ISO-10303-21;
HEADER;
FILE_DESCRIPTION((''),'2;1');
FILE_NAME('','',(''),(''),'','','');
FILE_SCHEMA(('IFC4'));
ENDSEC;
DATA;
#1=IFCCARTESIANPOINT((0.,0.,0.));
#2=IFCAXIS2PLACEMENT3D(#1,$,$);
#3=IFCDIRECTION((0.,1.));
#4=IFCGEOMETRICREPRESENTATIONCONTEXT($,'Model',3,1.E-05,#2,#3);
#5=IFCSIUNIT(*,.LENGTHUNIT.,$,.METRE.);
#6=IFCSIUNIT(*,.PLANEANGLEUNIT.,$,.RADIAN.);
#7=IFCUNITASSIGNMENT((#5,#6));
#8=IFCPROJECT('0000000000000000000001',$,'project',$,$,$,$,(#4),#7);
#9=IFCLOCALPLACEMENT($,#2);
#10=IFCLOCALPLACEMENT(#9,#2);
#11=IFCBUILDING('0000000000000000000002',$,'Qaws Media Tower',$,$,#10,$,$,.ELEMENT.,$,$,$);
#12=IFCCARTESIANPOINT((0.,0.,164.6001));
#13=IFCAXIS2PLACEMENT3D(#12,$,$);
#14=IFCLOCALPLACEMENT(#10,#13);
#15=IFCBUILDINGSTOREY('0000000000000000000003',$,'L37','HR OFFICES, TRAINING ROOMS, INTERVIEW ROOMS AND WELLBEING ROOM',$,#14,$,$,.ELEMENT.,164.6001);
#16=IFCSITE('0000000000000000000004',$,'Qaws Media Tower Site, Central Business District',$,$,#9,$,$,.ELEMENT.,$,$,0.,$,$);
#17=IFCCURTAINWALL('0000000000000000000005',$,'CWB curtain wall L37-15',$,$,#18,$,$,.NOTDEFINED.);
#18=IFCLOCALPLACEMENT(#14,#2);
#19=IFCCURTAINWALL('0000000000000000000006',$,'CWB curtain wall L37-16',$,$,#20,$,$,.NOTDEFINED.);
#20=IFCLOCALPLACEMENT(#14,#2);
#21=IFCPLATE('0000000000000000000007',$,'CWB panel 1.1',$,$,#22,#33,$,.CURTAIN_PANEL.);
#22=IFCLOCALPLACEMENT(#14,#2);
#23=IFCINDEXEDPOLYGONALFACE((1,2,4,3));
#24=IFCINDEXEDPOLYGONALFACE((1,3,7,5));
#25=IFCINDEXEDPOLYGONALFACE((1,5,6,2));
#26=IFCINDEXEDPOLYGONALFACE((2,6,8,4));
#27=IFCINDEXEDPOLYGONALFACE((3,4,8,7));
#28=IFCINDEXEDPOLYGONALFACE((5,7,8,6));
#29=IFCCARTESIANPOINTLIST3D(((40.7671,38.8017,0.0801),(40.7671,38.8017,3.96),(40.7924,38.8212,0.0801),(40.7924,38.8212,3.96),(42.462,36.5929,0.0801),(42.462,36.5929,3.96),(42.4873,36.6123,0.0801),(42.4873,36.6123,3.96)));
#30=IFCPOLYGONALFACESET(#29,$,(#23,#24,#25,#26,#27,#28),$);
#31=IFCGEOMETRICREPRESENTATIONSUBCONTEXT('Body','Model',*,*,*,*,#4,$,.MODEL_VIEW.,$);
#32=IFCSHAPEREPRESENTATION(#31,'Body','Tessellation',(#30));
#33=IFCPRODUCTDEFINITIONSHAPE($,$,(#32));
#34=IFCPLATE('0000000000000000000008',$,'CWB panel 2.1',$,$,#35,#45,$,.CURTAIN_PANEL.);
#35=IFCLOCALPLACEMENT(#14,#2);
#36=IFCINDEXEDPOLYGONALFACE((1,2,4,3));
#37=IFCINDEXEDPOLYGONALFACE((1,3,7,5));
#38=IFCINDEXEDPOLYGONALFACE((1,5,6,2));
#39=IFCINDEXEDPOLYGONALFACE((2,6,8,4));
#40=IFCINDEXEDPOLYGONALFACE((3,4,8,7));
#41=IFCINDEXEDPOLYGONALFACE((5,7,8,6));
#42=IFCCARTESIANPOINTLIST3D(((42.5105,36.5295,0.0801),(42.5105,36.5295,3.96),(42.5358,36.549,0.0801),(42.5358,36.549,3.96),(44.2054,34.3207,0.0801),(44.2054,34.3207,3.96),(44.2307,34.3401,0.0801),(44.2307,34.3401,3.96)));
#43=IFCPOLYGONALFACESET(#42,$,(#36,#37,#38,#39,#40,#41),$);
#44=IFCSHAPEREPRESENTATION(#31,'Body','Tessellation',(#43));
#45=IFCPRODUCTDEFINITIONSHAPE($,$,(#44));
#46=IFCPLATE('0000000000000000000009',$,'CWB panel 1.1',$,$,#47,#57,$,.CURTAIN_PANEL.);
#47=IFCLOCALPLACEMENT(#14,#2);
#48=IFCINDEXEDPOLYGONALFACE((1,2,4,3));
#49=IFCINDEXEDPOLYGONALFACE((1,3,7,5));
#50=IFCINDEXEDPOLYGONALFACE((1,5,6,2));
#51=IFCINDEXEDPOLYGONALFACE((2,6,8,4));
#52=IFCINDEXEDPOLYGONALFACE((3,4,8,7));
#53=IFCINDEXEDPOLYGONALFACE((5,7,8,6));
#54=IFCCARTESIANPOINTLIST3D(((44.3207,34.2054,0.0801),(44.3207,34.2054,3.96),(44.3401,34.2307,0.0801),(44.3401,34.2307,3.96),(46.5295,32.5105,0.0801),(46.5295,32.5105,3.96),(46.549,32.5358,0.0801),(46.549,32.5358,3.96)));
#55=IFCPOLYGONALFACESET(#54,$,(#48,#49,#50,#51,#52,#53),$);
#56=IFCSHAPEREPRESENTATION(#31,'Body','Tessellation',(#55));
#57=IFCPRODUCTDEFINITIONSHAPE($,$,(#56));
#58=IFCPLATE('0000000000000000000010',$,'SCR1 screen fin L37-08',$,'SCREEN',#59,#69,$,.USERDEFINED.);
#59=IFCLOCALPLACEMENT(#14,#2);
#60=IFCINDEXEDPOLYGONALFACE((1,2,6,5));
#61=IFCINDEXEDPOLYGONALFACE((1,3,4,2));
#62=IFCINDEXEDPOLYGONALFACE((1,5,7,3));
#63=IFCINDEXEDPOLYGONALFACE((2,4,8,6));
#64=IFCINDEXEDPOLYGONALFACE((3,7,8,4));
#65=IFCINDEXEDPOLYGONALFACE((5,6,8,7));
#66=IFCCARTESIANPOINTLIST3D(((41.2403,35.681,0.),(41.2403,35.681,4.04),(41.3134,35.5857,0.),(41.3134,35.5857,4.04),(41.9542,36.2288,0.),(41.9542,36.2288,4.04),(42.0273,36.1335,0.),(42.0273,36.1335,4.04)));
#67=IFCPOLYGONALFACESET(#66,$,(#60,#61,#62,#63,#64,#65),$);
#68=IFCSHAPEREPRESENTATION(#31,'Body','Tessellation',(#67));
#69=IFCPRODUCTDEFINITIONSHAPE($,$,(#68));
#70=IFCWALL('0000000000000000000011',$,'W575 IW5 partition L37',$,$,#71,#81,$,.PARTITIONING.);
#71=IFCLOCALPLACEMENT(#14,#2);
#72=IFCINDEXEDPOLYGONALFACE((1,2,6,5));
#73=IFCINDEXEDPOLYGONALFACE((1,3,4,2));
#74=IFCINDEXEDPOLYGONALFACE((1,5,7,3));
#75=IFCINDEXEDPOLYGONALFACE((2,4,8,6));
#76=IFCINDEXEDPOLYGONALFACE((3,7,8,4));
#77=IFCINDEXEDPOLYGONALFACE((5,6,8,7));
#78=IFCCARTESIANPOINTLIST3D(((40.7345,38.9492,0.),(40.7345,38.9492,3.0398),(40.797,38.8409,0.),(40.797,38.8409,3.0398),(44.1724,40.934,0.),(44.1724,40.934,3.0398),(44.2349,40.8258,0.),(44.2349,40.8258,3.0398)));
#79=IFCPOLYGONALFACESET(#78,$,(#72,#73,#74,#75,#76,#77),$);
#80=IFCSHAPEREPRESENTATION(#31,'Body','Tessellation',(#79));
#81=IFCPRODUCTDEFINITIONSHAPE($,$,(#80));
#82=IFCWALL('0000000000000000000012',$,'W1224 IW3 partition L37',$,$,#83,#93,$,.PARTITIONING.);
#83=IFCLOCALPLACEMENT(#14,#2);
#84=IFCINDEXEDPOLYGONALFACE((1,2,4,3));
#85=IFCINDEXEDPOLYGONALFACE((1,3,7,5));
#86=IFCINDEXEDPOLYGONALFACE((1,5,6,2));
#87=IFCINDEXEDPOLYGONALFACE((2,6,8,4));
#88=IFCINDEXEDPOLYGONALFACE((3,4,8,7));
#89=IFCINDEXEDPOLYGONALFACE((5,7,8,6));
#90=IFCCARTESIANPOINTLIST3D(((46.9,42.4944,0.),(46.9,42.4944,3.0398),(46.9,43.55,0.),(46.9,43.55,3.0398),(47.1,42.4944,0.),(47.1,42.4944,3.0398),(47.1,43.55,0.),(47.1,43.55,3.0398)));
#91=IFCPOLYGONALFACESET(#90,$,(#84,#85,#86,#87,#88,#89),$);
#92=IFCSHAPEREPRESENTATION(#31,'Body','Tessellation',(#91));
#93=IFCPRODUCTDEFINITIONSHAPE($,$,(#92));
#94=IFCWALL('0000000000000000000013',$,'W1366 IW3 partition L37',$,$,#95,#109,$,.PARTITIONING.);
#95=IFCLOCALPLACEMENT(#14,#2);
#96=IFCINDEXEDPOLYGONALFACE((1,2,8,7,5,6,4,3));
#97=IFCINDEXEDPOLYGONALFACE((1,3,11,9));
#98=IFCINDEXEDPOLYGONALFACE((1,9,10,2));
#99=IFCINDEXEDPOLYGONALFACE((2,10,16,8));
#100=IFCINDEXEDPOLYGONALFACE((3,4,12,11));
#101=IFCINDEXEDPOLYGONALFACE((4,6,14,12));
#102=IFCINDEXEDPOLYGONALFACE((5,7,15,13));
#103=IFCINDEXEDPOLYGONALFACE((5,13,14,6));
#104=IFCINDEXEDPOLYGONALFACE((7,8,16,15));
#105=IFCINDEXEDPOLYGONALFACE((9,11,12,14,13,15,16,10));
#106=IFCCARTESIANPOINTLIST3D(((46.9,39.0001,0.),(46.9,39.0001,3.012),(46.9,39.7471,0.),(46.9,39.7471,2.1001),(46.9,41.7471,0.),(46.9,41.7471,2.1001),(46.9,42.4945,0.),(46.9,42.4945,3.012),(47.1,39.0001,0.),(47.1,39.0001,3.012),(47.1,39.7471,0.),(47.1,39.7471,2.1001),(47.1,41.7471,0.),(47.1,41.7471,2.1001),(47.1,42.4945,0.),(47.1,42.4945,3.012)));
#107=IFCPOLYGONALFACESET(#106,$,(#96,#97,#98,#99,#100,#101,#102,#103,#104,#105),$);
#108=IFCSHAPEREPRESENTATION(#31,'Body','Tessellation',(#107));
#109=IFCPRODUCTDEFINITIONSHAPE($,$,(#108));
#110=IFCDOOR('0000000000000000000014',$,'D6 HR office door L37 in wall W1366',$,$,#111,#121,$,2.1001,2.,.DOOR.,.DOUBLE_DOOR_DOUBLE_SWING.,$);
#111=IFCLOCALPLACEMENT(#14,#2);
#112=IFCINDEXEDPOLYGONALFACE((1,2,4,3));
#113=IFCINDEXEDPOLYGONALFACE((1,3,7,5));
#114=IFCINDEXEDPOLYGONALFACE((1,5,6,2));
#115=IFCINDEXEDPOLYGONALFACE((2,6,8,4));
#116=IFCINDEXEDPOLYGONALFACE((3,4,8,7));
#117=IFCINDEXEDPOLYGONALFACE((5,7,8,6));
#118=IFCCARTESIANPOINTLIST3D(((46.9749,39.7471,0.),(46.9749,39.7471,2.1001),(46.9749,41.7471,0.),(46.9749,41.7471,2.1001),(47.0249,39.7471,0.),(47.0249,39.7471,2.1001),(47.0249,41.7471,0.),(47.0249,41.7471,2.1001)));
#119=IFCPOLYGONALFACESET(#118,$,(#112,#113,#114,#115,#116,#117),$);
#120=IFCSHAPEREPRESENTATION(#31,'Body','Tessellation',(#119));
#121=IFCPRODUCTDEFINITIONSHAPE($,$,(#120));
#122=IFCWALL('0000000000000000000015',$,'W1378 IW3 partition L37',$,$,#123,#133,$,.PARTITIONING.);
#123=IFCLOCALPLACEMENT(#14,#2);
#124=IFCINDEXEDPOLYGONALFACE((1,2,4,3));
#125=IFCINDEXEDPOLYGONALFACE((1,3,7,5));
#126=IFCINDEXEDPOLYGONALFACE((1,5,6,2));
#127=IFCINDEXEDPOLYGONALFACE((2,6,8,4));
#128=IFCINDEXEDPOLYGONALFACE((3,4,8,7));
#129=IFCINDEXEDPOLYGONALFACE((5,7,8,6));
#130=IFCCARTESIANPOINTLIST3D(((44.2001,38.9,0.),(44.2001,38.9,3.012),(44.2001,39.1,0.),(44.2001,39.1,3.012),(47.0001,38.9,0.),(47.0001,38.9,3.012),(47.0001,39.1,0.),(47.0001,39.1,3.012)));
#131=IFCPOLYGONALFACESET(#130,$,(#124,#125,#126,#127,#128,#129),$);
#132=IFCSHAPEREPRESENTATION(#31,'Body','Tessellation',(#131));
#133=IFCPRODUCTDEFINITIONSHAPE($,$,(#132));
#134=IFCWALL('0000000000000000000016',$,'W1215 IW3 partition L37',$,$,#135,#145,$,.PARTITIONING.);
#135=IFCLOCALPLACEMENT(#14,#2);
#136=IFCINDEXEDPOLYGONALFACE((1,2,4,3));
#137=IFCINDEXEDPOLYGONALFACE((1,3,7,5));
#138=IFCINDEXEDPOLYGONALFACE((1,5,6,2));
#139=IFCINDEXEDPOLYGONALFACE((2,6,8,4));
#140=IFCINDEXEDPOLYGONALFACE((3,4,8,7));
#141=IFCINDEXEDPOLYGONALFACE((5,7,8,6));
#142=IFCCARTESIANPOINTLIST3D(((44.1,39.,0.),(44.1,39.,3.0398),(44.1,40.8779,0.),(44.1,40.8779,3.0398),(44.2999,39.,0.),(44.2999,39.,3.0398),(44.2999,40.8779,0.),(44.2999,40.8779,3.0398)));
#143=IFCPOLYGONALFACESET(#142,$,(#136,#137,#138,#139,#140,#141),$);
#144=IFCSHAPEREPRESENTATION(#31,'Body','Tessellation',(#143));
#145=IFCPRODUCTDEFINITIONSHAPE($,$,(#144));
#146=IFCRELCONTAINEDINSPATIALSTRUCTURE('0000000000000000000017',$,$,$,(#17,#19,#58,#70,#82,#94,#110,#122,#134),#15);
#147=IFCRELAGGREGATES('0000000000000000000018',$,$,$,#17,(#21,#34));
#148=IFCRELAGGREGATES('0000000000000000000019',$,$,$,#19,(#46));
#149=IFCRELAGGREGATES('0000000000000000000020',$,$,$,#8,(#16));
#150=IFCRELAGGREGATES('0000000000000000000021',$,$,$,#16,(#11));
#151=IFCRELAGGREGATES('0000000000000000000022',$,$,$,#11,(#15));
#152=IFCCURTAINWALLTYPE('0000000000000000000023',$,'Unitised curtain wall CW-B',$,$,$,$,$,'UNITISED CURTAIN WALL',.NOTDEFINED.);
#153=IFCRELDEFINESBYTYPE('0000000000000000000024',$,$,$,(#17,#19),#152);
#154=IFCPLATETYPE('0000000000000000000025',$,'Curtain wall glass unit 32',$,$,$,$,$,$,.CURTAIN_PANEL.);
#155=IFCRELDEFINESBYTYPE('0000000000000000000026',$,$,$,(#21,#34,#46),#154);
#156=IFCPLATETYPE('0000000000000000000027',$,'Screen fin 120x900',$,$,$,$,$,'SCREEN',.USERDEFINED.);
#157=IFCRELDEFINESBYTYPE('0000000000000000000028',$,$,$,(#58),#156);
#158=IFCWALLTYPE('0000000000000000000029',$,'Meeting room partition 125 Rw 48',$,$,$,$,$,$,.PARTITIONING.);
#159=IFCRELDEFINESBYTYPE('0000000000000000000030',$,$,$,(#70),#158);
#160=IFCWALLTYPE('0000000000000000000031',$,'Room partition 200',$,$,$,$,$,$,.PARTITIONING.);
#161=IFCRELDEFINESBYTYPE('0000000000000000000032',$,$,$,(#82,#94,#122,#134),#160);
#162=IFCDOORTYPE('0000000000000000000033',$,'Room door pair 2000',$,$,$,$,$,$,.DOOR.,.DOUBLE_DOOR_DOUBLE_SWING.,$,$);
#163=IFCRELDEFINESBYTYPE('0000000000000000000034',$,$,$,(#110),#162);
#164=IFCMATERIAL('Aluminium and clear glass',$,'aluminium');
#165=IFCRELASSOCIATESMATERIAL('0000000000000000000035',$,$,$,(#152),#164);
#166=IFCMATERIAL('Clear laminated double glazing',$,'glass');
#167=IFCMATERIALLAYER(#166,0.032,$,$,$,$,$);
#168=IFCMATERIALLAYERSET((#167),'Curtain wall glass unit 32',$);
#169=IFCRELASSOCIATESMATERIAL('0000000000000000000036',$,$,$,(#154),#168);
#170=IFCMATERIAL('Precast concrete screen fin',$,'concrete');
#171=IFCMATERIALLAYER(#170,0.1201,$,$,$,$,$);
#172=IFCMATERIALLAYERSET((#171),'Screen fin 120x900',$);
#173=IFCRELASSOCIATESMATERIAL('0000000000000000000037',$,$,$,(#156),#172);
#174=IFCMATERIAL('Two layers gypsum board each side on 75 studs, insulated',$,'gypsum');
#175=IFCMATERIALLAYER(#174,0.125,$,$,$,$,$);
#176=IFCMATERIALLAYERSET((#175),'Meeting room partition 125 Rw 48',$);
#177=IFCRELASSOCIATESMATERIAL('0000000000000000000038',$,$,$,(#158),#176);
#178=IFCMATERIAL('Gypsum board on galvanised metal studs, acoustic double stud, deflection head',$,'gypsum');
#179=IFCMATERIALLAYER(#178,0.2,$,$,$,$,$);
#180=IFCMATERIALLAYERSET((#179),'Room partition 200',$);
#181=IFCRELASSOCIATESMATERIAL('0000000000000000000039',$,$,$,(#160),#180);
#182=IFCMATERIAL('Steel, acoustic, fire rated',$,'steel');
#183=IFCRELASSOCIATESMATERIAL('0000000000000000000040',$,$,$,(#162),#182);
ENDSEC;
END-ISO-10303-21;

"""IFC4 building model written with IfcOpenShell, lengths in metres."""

from ifc_helpers import new_model, si_unit, direction, frame, frame_2d, origin, origin_2d, place, context, subcontext, project, spatial, rectangle, extrude, material, layer, layer_set, type_object, element, fill, aggregate, save


model = new_model("IFC4")

# Units and contexts
model_context = context("Model", 3, precision=1e-05, world=origin(), true_north=direction((0.0, 1.0)))
body_context = subcontext(model_context, "Body", "Model", "MODEL_VIEW")
ifc_project = project(units=[si_unit("LENGTHUNIT", "METRE"), si_unit("PLANEANGLEUNIT", "RADIAN")], contexts=[model_context])

# Site, building, storey
site_placement = place(None, origin())
site = spatial("IfcSite", under=ifc_project, at=site_placement, Name="Qaws Media Tower Site, Central Business District", CompositionType="ELEMENT", RefElevation=0.0)
building_placement = place(site_placement, origin())
building = spatial("IfcBuilding", under=site, at=building_placement, Name="Qaws Media Tower", CompositionType="ELEMENT")
storey_placement = place(building_placement, frame((0.0, 0.0, 164.6001)))
storey = spatial("IfcBuildingStorey", under=building, at=storey_placement, Name="L37", Description="HR OFFICES, TRAINING ROOMS, INTERVIEW ROOMS AND WELLBEING ROOM", CompositionType="ELEMENT", Elevation=164.6001)

# Shared definitions
ifc_material_1 = material(Name="Aluminium and clear glass", Category="aluminium")
curtain_wall_type = type_object("IfcCurtainWallType", Name="Unitised curtain wall CW-B", ElementType="UNITISED CURTAIN WALL", PredefinedType="NOTDEFINED", material=ifc_material_1)

# Curtain wall
curtain_wall_1_placement = place(storey_placement, origin())
curtain_wall_1 = element("IfcCurtainWall", 1, at=curtain_wall_1_placement, inside=storey, type_object=curtain_wall_type, Name="CWB curtain wall L37-15", PredefinedType="NOTDEFINED")

# Curtain wall
curtain_wall_2_placement = place(storey_placement, origin())
curtain_wall_2 = element("IfcCurtainWall", 2, at=curtain_wall_2_placement, inside=storey, type_object=curtain_wall_type, Name="CWB curtain wall L37-16", PredefinedType="NOTDEFINED")

# Plates
ifc_material_2 = material(Name="Clear laminated double glazing", Category="glass")
ifc_layer_1 = layer(ifc_material_2, 0.032)
ifc_layer_set_1 = layer_set([ifc_layer_1], Name="Curtain wall glass unit 32")
plate_type_1 = type_object("IfcPlateType", Name="Curtain wall glass unit 32", PredefinedType="CURTAIN_PANEL", material=ifc_layer_set_1)
plate_1_placement = place(storey_placement, frame((41.6272, 37.707, 0.0801), z_axis=(0.0, 0.0, 1.0), x_axis=(0.608761, -0.793353, 0.0)))
plate_1 = element("IfcPlate", 3, at=plate_1_placement, type_object=plate_type_1, Name="CWB panel 1.1", PredefinedType="CURTAIN_PANEL", context=body_context, shape_type="SweptSolid", body=[
    extrude(rectangle(XDim=2.7842, YDim=0.032, at=origin_2d()), origin(), (0.0, 0.0, 1.0), 3.8799),
])
plate_2_placement = place(storey_placement, frame((43.3706, 35.4348, 0.0801), z_axis=(0.0, 0.0, 1.0), x_axis=(0.608761, -0.793353, 0.0)))
plate_2 = element("IfcPlate", 4, at=plate_2_placement, type_object=plate_type_1, Name="CWB panel 2.1", PredefinedType="CURTAIN_PANEL", context=body_context, shape_type="SweptSolid", body=[
    extrude(rectangle(XDim=2.7842, YDim=0.032, at=origin_2d()), origin(), (0.0, 0.0, 1.0), 3.8799),
])
aggregate(curtain_wall_1, [plate_1, plate_2])
plate_3_placement = place(storey_placement, frame((45.4348, 33.3706, 0.0801), z_axis=(0.0, 0.0, 1.0), x_axis=(0.793353, -0.608761, 0.0)))
plate_3 = element("IfcPlate", 5, at=plate_3_placement, type_object=plate_type_1, Name="CWB panel 1.1", PredefinedType="CURTAIN_PANEL", context=body_context, shape_type="SweptSolid", body=[
    extrude(rectangle(XDim=2.7842, YDim=0.032, at=origin_2d()), origin(), (0.0, 0.0, 1.0), 3.8799),
])
aggregate(curtain_wall_2, [plate_3])
ifc_material_3 = material(Name="Precast concrete screen fin", Category="concrete")
ifc_layer_2 = layer(ifc_material_3, 0.1201)
ifc_layer_set_2 = layer_set([ifc_layer_2], Name="Screen fin 120x900")
plate_type_2 = type_object("IfcPlateType", Name="Screen fin 120x900", ElementType="SCREEN", PredefinedType="USERDEFINED", material=ifc_layer_set_2)
plate_4_placement = place(storey_placement, frame((41.6338, 35.9072, 0.0), z_axis=(0.0, 0.0, 1.0), x_axis=(-0.793353, -0.608761, 0.0)))
element("IfcPlate", 6, at=plate_4_placement, inside=storey, type_object=plate_type_2, Name="SCR1 screen fin L37-08", ObjectType="SCREEN", PredefinedType="USERDEFINED", context=body_context, shape_type="SweptSolid", body=[
    extrude(rectangle(XDim=0.8999, YDim=0.1201, at=origin_2d()), origin(), (0.0, 0.0, 1.0), 4.04),
])

# Walls
ifc_material_4 = material(Name="Two layers gypsum board each side on 75 studs, insulated", Category="gypsum")
ifc_layer_3 = layer(ifc_material_4, 0.125)
ifc_layer_set_3 = layer_set([ifc_layer_3], Name="Meeting room partition 125 Rw 48")
wall_type_1 = type_object("IfcWallType", Name="Meeting room partition 125 Rw 48", PredefinedType="PARTITIONING", material=ifc_layer_set_3)
wall_1_placement = place(storey_placement, frame((44.2036, 40.8799, 0.0), z_axis=(0.0, 0.0, 1.0), x_axis=(-0.866032, -0.499989, 0.0)))
element("IfcWall", 7, at=wall_1_placement, inside=storey, type_object=wall_type_1, Name="W575 IW5 partition L37", PredefinedType="PARTITIONING", context=body_context, shape_type="SweptSolid", body=[
    extrude(rectangle(XDim=3.9697, YDim=0.125, at=frame_2d((1.9849, 0.0))), origin(), (0.0, 0.0, 1.0), 3.0398),
])
ifc_material_5 = material(Name="Gypsum board on galvanised metal studs, acoustic double stud, deflection head", Category="gypsum")
ifc_layer_4 = layer(ifc_material_5, 0.2)
ifc_layer_set_4 = layer_set([ifc_layer_4], Name="Room partition 200")
wall_type_2 = type_object("IfcWallType", Name="Room partition 200", PredefinedType="PARTITIONING", material=ifc_layer_set_4)
wall_2_placement = place(storey_placement, frame((47.0, 43.55, 0.0), z_axis=(0.0, 0.0, 1.0), x_axis=(0.0, -1.0, 0.0)))
element("IfcWall", 8, at=wall_2_placement, inside=storey, type_object=wall_type_2, Name="W1224 IW3 partition L37", PredefinedType="PARTITIONING", context=body_context, shape_type="SweptSolid", body=[
    extrude(rectangle(XDim=1.0557, YDim=0.2, at=frame_2d((0.5278, 0.0))), origin(), (0.0, 0.0, 1.0), 3.0398),
])

# Wall, opening, door
wall_3_placement = place(storey_placement, frame((47.0, 42.4944, 0.0), z_axis=(0.0, 0.0, 1.0), x_axis=(0.0, -1.0, 0.0)))
wall_3 = element("IfcWall", 9, at=wall_3_placement, inside=storey, type_object=wall_type_2, Name="W1366 IW3 partition L37", PredefinedType="PARTITIONING", context=body_context, shape_type="SweptSolid", body=[
    extrude(rectangle(XDim=3.4944, YDim=0.2, at=frame_2d((1.7471, 0.0))), origin(), (0.0, 0.0, 1.0), 3.012),
])
opening_1_placement = place(wall_3_placement, frame((0.7473, 0.0, 0.0)))
opening_1 = element("IfcOpeningElement", 10, at=opening_1_placement, cuts=wall_3, PredefinedType="OPENING", context=body_context, shape_type="SweptSolid", body=[
    extrude(rectangle(XDim=2.0, YDim=2.1001, at=frame_2d((1.0, 1.05))), frame((0.0, 0.1099, 0.0), z_axis=(0.0, -1.0, 0.0), x_axis=(1.0, 0.0, 0.0)), (0.0, 0.0, 1.0), 0.22),
])
ifc_material_6 = material(Name="Steel, acoustic, fire rated", Category="steel")
door_type_1 = type_object("IfcDoorType", Name="Room door pair 2000", OperationType="DOUBLE_DOOR_DOUBLE_SWING", PredefinedType="DOOR", material=ifc_material_6)
door_1_placement = place(opening_1_placement, origin())
door_1 = element("IfcDoor", 11, at=door_1_placement, inside=storey, type_object=door_type_1, Name="D6 HR office door L37 in wall W1366", OperationType="DOUBLE_DOOR_DOUBLE_SWING", OverallHeight=2.1001, OverallWidth=2.0, PredefinedType="DOOR", context=body_context, shape_type="SweptSolid", body=[
    extrude(rectangle(XDim=2.0, YDim=2.1001, at=frame_2d((1.0, 1.05))), frame((0.0, 0.0249, 0.0), z_axis=(0.0, -1.0, 0.0), x_axis=(1.0, 0.0, 0.0)), (0.0, 0.0, 1.0), 0.05),
])
fill(opening_1, door_1)

# Walls
wall_4_placement = place(storey_placement, frame((47.0, 39.0, 0.0), z_axis=(0.0, 0.0, 1.0), x_axis=(-1.0, 0.0, 0.0)))
element("IfcWall", 12, at=wall_4_placement, inside=storey, type_object=wall_type_2, Name="W1378 IW3 partition L37", PredefinedType="PARTITIONING", context=body_context, shape_type="SweptSolid", body=[
    extrude(rectangle(XDim=2.8, YDim=0.2, at=frame_2d((1.3999, 0.0))), origin(), (0.0, 0.0, 1.0), 3.012),
])
wall_5_placement = place(storey_placement, frame((44.2, 39.0, 0.0), z_axis=(0.0, 0.0, 1.0), x_axis=(0.0, 1.0, 0.0)))
element("IfcWall", 13, at=wall_5_placement, inside=storey, type_object=wall_type_2, Name="W1215 IW3 partition L37", PredefinedType="PARTITIONING", context=body_context, shape_type="SweptSolid", body=[
    extrude(rectangle(XDim=1.8779, YDim=0.2, at=frame_2d((0.939, 0.0))), origin(), (0.0, 0.0, 1.0), 3.0398),
])

save(model, "model.ifc")
